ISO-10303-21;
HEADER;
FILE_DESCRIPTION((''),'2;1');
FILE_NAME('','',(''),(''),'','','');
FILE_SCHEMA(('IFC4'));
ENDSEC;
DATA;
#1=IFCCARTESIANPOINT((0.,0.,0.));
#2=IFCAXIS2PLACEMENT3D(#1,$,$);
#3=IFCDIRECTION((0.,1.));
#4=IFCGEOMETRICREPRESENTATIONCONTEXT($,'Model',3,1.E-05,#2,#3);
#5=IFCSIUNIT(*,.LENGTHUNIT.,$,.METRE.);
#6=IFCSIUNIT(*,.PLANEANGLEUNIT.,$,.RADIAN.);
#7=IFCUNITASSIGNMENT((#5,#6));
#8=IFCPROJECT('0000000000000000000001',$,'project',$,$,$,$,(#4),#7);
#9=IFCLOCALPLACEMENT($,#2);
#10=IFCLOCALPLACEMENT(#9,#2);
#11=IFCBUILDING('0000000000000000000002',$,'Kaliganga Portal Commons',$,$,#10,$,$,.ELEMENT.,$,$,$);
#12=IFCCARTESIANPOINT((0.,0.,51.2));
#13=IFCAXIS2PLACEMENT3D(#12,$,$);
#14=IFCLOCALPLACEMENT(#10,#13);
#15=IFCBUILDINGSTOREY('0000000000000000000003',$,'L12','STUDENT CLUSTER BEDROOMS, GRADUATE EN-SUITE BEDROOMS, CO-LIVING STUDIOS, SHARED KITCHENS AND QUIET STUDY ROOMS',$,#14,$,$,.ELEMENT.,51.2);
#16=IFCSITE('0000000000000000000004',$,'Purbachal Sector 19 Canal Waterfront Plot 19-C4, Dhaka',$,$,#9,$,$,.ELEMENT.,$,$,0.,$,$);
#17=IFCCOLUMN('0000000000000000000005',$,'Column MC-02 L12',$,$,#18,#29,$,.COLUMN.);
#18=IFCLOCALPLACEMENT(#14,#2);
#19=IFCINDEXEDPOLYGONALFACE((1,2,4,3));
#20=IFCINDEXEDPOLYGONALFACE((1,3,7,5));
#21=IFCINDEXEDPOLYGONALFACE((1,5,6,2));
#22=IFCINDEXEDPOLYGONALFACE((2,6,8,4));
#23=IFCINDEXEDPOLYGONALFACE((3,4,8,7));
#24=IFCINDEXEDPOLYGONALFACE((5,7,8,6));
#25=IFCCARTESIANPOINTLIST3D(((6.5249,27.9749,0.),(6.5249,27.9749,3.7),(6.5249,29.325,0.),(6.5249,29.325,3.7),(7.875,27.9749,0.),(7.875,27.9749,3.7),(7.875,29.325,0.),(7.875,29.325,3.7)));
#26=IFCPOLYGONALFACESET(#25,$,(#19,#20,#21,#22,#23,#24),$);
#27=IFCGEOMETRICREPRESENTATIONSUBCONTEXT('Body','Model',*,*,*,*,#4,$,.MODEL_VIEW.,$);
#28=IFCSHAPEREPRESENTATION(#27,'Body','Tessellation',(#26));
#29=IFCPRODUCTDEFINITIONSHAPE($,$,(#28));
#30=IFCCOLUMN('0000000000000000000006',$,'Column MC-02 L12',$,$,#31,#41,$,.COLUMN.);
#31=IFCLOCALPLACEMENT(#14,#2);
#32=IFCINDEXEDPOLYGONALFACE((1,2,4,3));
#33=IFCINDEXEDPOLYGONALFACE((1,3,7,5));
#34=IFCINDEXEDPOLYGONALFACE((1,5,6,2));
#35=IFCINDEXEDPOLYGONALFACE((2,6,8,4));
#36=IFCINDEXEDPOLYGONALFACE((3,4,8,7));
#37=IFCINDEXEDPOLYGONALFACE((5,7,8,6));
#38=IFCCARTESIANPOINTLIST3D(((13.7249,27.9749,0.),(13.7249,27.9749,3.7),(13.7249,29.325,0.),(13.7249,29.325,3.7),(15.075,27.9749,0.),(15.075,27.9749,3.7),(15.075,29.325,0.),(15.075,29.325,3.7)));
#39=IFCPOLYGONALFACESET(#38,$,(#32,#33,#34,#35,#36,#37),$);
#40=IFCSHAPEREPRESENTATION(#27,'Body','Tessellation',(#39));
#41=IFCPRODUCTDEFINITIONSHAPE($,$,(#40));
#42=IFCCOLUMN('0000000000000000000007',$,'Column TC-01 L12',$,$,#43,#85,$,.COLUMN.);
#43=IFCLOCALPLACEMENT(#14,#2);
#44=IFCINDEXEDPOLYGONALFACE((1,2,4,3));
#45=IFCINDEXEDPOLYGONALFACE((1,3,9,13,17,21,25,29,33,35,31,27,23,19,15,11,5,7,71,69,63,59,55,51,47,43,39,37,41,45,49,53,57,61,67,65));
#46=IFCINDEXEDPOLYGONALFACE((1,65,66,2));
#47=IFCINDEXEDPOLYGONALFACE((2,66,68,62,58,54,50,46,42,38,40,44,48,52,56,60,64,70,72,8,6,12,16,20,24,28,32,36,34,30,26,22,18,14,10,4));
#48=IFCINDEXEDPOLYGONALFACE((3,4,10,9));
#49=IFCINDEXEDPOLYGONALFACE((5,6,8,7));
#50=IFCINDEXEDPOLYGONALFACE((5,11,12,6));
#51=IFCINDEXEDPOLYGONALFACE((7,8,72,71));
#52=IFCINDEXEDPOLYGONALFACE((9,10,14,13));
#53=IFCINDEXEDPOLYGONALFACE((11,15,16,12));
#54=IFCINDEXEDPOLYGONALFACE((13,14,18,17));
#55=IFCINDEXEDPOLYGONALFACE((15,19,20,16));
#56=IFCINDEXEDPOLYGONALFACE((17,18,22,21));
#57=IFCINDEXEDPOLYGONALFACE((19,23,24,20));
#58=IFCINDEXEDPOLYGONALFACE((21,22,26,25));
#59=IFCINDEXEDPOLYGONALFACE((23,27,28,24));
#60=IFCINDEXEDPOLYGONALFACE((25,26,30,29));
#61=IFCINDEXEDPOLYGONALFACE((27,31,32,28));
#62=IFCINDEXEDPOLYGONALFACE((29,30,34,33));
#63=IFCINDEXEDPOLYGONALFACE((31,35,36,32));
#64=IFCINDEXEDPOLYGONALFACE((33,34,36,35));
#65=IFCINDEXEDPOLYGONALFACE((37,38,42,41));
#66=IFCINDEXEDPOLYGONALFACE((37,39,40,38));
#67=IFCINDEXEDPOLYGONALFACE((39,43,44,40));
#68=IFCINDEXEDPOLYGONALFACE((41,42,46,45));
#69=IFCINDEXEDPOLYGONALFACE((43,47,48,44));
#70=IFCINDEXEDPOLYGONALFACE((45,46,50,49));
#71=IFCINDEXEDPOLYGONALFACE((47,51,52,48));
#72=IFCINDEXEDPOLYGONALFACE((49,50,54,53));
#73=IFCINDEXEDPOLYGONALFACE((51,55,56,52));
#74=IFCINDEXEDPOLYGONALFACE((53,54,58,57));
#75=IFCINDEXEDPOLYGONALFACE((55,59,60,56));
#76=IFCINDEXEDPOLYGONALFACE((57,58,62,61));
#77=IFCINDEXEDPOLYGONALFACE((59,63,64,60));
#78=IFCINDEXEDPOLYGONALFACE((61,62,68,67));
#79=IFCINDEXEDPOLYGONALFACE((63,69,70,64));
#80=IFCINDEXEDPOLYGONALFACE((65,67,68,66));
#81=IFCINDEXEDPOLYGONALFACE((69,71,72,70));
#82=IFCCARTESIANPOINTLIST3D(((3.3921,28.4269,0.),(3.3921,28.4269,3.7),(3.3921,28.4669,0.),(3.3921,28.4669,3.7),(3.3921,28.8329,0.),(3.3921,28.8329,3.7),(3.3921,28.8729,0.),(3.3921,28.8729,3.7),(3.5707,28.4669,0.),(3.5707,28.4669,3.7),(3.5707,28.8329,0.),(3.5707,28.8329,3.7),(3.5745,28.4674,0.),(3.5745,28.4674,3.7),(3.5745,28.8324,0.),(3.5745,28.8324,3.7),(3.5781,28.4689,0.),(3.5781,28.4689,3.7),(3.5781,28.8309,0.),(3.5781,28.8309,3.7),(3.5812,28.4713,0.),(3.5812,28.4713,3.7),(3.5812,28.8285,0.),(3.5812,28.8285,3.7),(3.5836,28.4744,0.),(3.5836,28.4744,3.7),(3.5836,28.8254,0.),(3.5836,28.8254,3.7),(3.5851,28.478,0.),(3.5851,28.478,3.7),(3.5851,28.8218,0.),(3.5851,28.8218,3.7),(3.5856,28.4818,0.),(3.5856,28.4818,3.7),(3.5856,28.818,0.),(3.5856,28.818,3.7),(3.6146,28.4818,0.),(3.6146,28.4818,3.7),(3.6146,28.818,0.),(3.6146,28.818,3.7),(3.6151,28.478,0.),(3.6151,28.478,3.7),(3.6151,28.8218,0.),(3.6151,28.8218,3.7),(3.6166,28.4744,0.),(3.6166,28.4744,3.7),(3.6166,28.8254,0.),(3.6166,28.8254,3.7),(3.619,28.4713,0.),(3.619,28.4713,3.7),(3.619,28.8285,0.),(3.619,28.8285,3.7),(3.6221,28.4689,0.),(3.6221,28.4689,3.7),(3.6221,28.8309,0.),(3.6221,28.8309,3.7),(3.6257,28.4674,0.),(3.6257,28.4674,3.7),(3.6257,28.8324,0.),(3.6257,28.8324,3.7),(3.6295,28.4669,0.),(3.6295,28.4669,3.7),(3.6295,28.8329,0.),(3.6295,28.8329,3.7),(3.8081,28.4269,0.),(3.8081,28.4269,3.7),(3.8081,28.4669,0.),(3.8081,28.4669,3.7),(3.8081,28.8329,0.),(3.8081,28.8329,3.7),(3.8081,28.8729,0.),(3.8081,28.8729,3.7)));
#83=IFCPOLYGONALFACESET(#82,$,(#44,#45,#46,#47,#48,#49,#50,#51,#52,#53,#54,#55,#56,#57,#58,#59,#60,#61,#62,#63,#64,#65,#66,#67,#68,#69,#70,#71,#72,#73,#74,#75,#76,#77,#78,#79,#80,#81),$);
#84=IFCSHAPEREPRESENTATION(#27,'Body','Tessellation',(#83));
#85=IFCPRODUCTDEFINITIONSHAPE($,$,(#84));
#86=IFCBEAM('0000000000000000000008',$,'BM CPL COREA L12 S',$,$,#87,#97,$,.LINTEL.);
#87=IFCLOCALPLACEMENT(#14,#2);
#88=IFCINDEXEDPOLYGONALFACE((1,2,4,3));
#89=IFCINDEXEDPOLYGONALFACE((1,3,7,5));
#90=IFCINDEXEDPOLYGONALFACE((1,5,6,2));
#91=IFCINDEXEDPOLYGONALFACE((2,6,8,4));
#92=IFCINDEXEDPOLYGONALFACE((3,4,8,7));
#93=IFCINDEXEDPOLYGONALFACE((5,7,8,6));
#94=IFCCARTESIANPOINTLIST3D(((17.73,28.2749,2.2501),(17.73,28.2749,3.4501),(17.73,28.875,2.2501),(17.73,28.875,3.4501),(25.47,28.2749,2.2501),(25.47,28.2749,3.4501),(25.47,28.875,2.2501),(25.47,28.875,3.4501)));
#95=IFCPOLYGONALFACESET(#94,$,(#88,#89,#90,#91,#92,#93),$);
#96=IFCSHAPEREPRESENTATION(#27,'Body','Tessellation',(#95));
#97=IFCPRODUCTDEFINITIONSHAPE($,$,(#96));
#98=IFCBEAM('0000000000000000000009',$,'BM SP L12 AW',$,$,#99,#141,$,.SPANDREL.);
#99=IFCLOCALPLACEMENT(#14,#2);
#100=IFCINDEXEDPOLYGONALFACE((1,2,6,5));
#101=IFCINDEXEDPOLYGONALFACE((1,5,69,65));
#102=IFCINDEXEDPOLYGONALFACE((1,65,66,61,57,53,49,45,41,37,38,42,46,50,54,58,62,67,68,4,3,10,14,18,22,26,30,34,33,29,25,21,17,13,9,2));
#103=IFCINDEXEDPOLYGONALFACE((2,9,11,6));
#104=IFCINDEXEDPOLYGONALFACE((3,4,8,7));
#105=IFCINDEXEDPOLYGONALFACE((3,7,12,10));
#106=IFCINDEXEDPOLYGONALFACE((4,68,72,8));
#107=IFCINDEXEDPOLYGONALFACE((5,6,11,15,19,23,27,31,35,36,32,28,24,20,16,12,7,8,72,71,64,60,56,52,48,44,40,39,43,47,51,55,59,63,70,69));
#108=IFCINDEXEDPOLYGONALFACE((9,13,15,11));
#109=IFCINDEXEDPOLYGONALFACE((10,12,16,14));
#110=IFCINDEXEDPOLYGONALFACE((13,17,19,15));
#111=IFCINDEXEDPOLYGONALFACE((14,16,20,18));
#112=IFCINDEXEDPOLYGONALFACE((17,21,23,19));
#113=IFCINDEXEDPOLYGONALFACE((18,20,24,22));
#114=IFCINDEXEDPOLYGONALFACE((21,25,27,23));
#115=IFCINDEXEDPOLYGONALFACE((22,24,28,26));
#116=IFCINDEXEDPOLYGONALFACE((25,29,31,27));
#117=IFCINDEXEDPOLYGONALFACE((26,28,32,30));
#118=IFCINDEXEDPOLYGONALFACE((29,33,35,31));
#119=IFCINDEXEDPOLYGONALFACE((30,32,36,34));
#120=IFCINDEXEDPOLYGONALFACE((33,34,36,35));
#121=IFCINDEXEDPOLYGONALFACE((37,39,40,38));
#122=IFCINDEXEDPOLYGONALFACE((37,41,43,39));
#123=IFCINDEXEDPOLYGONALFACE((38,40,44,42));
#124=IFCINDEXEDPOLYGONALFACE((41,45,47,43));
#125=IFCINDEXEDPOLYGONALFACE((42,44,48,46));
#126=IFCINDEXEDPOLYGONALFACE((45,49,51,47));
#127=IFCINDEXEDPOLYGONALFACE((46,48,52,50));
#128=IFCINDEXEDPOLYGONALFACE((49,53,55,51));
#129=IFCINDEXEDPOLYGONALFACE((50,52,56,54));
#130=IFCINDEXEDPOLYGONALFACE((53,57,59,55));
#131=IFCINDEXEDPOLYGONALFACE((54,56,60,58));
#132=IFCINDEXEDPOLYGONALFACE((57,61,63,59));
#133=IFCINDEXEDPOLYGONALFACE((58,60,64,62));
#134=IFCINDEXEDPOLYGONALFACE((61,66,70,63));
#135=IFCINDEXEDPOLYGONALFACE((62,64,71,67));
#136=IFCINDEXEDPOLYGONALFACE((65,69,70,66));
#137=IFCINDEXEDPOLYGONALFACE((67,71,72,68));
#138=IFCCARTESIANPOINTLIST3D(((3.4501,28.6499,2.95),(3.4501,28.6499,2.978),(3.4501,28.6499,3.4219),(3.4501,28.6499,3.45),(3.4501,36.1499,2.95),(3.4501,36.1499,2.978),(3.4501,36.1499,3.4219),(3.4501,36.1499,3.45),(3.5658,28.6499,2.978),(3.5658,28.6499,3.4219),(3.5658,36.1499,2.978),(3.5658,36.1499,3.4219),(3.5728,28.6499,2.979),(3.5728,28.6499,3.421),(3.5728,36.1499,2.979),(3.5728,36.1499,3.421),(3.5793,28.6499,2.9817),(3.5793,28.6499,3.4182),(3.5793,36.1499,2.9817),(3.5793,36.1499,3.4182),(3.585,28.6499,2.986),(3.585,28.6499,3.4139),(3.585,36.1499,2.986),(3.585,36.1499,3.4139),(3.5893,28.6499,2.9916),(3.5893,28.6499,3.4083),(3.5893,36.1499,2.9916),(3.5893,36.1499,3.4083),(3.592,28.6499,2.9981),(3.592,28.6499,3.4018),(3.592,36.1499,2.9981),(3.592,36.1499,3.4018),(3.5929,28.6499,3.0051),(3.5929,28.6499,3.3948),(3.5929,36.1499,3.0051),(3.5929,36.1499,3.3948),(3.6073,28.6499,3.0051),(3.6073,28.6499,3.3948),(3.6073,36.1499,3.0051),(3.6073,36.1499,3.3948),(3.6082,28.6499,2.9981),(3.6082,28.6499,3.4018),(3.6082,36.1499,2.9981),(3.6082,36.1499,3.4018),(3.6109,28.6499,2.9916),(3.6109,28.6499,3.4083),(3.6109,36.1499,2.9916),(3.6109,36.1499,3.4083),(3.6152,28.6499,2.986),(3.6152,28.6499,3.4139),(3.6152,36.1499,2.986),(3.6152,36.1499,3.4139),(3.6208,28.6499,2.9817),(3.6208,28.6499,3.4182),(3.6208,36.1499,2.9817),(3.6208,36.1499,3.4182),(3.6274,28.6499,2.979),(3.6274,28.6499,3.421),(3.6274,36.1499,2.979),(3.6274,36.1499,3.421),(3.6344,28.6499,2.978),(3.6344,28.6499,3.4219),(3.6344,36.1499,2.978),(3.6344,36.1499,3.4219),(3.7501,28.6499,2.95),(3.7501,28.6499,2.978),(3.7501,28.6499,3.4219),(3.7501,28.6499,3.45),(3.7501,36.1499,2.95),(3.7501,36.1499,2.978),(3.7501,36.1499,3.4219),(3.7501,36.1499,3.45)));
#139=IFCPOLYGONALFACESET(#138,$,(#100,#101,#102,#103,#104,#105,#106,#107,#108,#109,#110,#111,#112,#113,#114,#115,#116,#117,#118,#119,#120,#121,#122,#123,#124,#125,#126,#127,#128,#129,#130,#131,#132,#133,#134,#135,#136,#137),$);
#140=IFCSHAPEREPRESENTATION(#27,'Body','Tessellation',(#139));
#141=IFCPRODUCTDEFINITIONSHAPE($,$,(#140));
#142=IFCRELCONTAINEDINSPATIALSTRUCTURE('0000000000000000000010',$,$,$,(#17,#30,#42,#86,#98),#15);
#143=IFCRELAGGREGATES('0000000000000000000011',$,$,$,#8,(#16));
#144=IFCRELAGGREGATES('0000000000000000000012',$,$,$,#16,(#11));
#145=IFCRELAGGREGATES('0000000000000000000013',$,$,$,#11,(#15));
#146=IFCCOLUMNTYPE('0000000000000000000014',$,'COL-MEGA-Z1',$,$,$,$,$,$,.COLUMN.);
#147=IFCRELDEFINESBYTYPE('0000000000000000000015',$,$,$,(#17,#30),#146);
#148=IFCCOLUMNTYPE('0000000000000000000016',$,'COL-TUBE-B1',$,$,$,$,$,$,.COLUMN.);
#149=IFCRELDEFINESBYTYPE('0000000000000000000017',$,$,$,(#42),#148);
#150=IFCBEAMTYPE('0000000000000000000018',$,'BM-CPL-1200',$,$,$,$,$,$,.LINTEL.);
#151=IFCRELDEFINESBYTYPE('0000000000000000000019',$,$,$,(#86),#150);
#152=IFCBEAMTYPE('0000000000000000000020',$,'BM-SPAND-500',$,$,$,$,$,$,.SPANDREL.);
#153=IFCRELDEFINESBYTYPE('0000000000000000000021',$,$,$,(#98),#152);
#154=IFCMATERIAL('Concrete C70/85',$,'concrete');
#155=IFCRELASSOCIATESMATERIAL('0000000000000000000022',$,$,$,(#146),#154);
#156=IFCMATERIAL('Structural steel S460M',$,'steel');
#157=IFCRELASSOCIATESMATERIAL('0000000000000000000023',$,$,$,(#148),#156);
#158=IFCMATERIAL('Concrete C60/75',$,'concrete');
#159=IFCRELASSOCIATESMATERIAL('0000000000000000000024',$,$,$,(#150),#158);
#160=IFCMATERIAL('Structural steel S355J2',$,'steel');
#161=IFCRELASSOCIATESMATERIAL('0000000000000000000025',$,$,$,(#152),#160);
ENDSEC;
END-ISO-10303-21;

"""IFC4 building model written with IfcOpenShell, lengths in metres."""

from ifc_helpers import new_model, si_unit, direction, frame, origin, origin_2d, place, context, subcontext, project, spatial, rectangle, i_section, extrude, source, transform, mapped, material, material_profile, profile_set, type_object, element, save


model = new_model("IFC4")

# Units and contexts
model_context = context("Model", 3, precision=1e-05, world=origin(), true_north=direction((0.0, 1.0)))
body_context = subcontext(model_context, "Body", "Model", "MODEL_VIEW")
ifc_project = project(units=[si_unit("LENGTHUNIT", "METRE"), si_unit("PLANEANGLEUNIT", "RADIAN")], contexts=[model_context])

# Site, building, storey
site_placement = place(None, origin())
site = spatial("IfcSite", under=ifc_project, at=site_placement, Name="Purbachal Sector 19 Canal Waterfront Plot 19-C4, Dhaka", CompositionType="ELEMENT", RefElevation=0.0)
building_placement = place(site_placement, origin())
building = spatial("IfcBuilding", under=site, at=building_placement, Name="Kaliganga Portal Commons", CompositionType="ELEMENT")
storey_placement = place(building_placement, frame((0.0, 0.0, 51.2)))
storey = spatial("IfcBuildingStorey", under=building, at=storey_placement, Name="L12", Description="STUDENT CLUSTER BEDROOMS, GRADUATE EN-SUITE BEDROOMS, CO-LIVING STUDIOS, SHARED KITCHENS AND QUIET STUDY ROOMS", CompositionType="ELEMENT", Elevation=51.2)

# Columns
ifc_material_1 = material(Name="Concrete C70/85", Category="concrete")
ifc_material_profile_1 = material_profile(ifc_material_1, rectangle(XDim=1.3501, YDim=1.3501, at=origin_2d()), Name="RC 1350x1350")
ifc_profile_set_1 = profile_set([ifc_material_profile_1], Name="Concrete C70/85")
column_type_1 = type_object("IfcColumnType", Name="COL-MEGA-Z1", PredefinedType="COLUMN", material=ifc_profile_set_1)
shared_shape_1 = source(origin(), body_context, "Body", "SweptSolid", [
    extrude(rectangle(XDim=1.3501, YDim=1.3501, at=origin_2d()), origin(), (0.0, 0.0, 1.0), 3.7),
])
for number, where, z_axis, x_axis, name in (
    (1, (7.2, 28.6499, 0.0), (0.0, 0.0, 1.0), (1.0, 0.0, 0.0), "Column MC-02 L12"),
    (2, (14.3999, 28.6499, 0.0), (0.0, 0.0, 1.0), (1.0, 0.0, 0.0), "Column MC-02 L12"),
):
    element("IfcColumn", number, at=place(storey_placement, frame(where, z_axis=z_axis, x_axis=x_axis)), inside=storey, type_object=column_type_1, Name=name, PredefinedType="COLUMN", context=body_context, shape_type="MappedRepresentation", body=[
        mapped(shared_shape_1, transform((0.0, 0.0, 0.0), x_axis=(1.0, 0.0, 0.0), y_axis=(0.0, 1.0, 0.0), z_axis=(0.0, 0.0, 1.0), scale=1.0)),
    ])
ifc_material_2 = material(Name="Structural steel S460M", Category="steel")
ifc_material_profile_2 = material_profile(ifc_material_2, i_section(OverallWidth=0.416, OverallDepth=0.446, WebThickness=0.0291, FlangeThickness=0.04, FilletRadius=0.0149, at=origin_2d()), Name="HD 400x509")
ifc_profile_set_2 = profile_set([ifc_material_profile_2], Name="Structural steel S460M wide-flange")
column_type_2 = type_object("IfcColumnType", Name="COL-TUBE-B1", PredefinedType="COLUMN", material=ifc_profile_set_2)
shared_shape_2 = source(origin(), body_context, "Body", "SweptSolid", [
    extrude(i_section(OverallWidth=0.416, OverallDepth=0.446, WebThickness=0.0291, FlangeThickness=0.04, FilletRadius=0.0149, at=origin_2d()), origin(), (0.0, 0.0, 1.0), 3.7),
])
column_placement = place(storey_placement, frame((3.6001, 28.6499, 0.0), z_axis=(0.0, 0.0, 1.0), x_axis=(1.0, 0.0, 0.0)))
element("IfcColumn", 3, at=column_placement, inside=storey, type_object=column_type_2, Name="Column TC-01 L12", PredefinedType="COLUMN", context=body_context, shape_type="MappedRepresentation", body=[
    mapped(shared_shape_2, transform((0.0, 0.0, 0.0), x_axis=(1.0, 0.0, 0.0), y_axis=(0.0, 1.0, 0.0), z_axis=(0.0, 0.0, 1.0), scale=1.0)),
])

# Beams
ifc_material_3 = material(Name="Concrete C60/75", Category="concrete")
ifc_material_profile_3 = material_profile(ifc_material_3, rectangle(XDim=0.6001, YDim=1.2, at=origin_2d()), Name="RC 600x1200")
ifc_profile_set_3 = profile_set([ifc_material_profile_3], Name="Concrete C60/75")
beam_type_1 = type_object("IfcBeamType", Name="BM-CPL-1200", PredefinedType="LINTEL", material=ifc_profile_set_3)
shared_shape_3 = source(origin(), body_context, "Body", "SweptSolid", [
    extrude(rectangle(XDim=0.6001, YDim=1.2, at=origin_2d()), origin(), (0.0, 0.0, 1.0), 7.74),
])
beam_1_placement = place(storey_placement, frame((17.73, 28.575, 2.8501), z_axis=(1.0, 0.0, 0.0), x_axis=(0.0, 1.0, 0.0)))
element("IfcBeam", 4, at=beam_1_placement, inside=storey, type_object=beam_type_1, Name="BM CPL COREA L12 S", PredefinedType="LINTEL", context=body_context, shape_type="MappedRepresentation", body=[
    mapped(shared_shape_3, transform((0.0, 0.0, 0.0), x_axis=(1.0, 0.0, 0.0), y_axis=(0.0, 1.0, 0.0), z_axis=(0.0, 0.0, 1.0), scale=1.0)),
])
ifc_material_4 = material(Name="Structural steel S355J2", Category="steel")
ifc_material_profile_4 = material_profile(ifc_material_4, i_section(OverallWidth=0.3, OverallDepth=0.5, WebThickness=0.0144, FlangeThickness=0.0281, FilletRadius=0.0271, at=origin_2d()), Name="HE 500 B")
ifc_profile_set_4 = profile_set([ifc_material_profile_4], Name="Structural steel S355J2 wide-flange")
beam_type_2 = type_object("IfcBeamType", Name="BM-SPAND-500", PredefinedType="SPANDREL", material=ifc_profile_set_4)
shared_shape_4 = source(origin(), body_context, "Body", "SweptSolid", [
    extrude(i_section(OverallWidth=0.3, OverallDepth=0.5, WebThickness=0.0144, FlangeThickness=0.0281, FilletRadius=0.0271, at=origin_2d()), origin(), (0.0, 0.0, 1.0), 7.5),
])
beam_2_placement = place(storey_placement, frame((3.6001, 28.6499, 3.2), z_axis=(0.0, 1.0, 0.0), x_axis=(-1.0, 0.0, 0.0)))
element("IfcBeam", 5, at=beam_2_placement, inside=storey, type_object=beam_type_2, Name="BM SP L12 AW", PredefinedType="SPANDREL", context=body_context, shape_type="MappedRepresentation", body=[
    mapped(shared_shape_4, transform((0.0, 0.0, 0.0), x_axis=(1.0, 0.0, 0.0), y_axis=(0.0, 1.0, 0.0), z_axis=(0.0, 0.0, 1.0), scale=1.0)),
])

save(model, "model.ifc")
